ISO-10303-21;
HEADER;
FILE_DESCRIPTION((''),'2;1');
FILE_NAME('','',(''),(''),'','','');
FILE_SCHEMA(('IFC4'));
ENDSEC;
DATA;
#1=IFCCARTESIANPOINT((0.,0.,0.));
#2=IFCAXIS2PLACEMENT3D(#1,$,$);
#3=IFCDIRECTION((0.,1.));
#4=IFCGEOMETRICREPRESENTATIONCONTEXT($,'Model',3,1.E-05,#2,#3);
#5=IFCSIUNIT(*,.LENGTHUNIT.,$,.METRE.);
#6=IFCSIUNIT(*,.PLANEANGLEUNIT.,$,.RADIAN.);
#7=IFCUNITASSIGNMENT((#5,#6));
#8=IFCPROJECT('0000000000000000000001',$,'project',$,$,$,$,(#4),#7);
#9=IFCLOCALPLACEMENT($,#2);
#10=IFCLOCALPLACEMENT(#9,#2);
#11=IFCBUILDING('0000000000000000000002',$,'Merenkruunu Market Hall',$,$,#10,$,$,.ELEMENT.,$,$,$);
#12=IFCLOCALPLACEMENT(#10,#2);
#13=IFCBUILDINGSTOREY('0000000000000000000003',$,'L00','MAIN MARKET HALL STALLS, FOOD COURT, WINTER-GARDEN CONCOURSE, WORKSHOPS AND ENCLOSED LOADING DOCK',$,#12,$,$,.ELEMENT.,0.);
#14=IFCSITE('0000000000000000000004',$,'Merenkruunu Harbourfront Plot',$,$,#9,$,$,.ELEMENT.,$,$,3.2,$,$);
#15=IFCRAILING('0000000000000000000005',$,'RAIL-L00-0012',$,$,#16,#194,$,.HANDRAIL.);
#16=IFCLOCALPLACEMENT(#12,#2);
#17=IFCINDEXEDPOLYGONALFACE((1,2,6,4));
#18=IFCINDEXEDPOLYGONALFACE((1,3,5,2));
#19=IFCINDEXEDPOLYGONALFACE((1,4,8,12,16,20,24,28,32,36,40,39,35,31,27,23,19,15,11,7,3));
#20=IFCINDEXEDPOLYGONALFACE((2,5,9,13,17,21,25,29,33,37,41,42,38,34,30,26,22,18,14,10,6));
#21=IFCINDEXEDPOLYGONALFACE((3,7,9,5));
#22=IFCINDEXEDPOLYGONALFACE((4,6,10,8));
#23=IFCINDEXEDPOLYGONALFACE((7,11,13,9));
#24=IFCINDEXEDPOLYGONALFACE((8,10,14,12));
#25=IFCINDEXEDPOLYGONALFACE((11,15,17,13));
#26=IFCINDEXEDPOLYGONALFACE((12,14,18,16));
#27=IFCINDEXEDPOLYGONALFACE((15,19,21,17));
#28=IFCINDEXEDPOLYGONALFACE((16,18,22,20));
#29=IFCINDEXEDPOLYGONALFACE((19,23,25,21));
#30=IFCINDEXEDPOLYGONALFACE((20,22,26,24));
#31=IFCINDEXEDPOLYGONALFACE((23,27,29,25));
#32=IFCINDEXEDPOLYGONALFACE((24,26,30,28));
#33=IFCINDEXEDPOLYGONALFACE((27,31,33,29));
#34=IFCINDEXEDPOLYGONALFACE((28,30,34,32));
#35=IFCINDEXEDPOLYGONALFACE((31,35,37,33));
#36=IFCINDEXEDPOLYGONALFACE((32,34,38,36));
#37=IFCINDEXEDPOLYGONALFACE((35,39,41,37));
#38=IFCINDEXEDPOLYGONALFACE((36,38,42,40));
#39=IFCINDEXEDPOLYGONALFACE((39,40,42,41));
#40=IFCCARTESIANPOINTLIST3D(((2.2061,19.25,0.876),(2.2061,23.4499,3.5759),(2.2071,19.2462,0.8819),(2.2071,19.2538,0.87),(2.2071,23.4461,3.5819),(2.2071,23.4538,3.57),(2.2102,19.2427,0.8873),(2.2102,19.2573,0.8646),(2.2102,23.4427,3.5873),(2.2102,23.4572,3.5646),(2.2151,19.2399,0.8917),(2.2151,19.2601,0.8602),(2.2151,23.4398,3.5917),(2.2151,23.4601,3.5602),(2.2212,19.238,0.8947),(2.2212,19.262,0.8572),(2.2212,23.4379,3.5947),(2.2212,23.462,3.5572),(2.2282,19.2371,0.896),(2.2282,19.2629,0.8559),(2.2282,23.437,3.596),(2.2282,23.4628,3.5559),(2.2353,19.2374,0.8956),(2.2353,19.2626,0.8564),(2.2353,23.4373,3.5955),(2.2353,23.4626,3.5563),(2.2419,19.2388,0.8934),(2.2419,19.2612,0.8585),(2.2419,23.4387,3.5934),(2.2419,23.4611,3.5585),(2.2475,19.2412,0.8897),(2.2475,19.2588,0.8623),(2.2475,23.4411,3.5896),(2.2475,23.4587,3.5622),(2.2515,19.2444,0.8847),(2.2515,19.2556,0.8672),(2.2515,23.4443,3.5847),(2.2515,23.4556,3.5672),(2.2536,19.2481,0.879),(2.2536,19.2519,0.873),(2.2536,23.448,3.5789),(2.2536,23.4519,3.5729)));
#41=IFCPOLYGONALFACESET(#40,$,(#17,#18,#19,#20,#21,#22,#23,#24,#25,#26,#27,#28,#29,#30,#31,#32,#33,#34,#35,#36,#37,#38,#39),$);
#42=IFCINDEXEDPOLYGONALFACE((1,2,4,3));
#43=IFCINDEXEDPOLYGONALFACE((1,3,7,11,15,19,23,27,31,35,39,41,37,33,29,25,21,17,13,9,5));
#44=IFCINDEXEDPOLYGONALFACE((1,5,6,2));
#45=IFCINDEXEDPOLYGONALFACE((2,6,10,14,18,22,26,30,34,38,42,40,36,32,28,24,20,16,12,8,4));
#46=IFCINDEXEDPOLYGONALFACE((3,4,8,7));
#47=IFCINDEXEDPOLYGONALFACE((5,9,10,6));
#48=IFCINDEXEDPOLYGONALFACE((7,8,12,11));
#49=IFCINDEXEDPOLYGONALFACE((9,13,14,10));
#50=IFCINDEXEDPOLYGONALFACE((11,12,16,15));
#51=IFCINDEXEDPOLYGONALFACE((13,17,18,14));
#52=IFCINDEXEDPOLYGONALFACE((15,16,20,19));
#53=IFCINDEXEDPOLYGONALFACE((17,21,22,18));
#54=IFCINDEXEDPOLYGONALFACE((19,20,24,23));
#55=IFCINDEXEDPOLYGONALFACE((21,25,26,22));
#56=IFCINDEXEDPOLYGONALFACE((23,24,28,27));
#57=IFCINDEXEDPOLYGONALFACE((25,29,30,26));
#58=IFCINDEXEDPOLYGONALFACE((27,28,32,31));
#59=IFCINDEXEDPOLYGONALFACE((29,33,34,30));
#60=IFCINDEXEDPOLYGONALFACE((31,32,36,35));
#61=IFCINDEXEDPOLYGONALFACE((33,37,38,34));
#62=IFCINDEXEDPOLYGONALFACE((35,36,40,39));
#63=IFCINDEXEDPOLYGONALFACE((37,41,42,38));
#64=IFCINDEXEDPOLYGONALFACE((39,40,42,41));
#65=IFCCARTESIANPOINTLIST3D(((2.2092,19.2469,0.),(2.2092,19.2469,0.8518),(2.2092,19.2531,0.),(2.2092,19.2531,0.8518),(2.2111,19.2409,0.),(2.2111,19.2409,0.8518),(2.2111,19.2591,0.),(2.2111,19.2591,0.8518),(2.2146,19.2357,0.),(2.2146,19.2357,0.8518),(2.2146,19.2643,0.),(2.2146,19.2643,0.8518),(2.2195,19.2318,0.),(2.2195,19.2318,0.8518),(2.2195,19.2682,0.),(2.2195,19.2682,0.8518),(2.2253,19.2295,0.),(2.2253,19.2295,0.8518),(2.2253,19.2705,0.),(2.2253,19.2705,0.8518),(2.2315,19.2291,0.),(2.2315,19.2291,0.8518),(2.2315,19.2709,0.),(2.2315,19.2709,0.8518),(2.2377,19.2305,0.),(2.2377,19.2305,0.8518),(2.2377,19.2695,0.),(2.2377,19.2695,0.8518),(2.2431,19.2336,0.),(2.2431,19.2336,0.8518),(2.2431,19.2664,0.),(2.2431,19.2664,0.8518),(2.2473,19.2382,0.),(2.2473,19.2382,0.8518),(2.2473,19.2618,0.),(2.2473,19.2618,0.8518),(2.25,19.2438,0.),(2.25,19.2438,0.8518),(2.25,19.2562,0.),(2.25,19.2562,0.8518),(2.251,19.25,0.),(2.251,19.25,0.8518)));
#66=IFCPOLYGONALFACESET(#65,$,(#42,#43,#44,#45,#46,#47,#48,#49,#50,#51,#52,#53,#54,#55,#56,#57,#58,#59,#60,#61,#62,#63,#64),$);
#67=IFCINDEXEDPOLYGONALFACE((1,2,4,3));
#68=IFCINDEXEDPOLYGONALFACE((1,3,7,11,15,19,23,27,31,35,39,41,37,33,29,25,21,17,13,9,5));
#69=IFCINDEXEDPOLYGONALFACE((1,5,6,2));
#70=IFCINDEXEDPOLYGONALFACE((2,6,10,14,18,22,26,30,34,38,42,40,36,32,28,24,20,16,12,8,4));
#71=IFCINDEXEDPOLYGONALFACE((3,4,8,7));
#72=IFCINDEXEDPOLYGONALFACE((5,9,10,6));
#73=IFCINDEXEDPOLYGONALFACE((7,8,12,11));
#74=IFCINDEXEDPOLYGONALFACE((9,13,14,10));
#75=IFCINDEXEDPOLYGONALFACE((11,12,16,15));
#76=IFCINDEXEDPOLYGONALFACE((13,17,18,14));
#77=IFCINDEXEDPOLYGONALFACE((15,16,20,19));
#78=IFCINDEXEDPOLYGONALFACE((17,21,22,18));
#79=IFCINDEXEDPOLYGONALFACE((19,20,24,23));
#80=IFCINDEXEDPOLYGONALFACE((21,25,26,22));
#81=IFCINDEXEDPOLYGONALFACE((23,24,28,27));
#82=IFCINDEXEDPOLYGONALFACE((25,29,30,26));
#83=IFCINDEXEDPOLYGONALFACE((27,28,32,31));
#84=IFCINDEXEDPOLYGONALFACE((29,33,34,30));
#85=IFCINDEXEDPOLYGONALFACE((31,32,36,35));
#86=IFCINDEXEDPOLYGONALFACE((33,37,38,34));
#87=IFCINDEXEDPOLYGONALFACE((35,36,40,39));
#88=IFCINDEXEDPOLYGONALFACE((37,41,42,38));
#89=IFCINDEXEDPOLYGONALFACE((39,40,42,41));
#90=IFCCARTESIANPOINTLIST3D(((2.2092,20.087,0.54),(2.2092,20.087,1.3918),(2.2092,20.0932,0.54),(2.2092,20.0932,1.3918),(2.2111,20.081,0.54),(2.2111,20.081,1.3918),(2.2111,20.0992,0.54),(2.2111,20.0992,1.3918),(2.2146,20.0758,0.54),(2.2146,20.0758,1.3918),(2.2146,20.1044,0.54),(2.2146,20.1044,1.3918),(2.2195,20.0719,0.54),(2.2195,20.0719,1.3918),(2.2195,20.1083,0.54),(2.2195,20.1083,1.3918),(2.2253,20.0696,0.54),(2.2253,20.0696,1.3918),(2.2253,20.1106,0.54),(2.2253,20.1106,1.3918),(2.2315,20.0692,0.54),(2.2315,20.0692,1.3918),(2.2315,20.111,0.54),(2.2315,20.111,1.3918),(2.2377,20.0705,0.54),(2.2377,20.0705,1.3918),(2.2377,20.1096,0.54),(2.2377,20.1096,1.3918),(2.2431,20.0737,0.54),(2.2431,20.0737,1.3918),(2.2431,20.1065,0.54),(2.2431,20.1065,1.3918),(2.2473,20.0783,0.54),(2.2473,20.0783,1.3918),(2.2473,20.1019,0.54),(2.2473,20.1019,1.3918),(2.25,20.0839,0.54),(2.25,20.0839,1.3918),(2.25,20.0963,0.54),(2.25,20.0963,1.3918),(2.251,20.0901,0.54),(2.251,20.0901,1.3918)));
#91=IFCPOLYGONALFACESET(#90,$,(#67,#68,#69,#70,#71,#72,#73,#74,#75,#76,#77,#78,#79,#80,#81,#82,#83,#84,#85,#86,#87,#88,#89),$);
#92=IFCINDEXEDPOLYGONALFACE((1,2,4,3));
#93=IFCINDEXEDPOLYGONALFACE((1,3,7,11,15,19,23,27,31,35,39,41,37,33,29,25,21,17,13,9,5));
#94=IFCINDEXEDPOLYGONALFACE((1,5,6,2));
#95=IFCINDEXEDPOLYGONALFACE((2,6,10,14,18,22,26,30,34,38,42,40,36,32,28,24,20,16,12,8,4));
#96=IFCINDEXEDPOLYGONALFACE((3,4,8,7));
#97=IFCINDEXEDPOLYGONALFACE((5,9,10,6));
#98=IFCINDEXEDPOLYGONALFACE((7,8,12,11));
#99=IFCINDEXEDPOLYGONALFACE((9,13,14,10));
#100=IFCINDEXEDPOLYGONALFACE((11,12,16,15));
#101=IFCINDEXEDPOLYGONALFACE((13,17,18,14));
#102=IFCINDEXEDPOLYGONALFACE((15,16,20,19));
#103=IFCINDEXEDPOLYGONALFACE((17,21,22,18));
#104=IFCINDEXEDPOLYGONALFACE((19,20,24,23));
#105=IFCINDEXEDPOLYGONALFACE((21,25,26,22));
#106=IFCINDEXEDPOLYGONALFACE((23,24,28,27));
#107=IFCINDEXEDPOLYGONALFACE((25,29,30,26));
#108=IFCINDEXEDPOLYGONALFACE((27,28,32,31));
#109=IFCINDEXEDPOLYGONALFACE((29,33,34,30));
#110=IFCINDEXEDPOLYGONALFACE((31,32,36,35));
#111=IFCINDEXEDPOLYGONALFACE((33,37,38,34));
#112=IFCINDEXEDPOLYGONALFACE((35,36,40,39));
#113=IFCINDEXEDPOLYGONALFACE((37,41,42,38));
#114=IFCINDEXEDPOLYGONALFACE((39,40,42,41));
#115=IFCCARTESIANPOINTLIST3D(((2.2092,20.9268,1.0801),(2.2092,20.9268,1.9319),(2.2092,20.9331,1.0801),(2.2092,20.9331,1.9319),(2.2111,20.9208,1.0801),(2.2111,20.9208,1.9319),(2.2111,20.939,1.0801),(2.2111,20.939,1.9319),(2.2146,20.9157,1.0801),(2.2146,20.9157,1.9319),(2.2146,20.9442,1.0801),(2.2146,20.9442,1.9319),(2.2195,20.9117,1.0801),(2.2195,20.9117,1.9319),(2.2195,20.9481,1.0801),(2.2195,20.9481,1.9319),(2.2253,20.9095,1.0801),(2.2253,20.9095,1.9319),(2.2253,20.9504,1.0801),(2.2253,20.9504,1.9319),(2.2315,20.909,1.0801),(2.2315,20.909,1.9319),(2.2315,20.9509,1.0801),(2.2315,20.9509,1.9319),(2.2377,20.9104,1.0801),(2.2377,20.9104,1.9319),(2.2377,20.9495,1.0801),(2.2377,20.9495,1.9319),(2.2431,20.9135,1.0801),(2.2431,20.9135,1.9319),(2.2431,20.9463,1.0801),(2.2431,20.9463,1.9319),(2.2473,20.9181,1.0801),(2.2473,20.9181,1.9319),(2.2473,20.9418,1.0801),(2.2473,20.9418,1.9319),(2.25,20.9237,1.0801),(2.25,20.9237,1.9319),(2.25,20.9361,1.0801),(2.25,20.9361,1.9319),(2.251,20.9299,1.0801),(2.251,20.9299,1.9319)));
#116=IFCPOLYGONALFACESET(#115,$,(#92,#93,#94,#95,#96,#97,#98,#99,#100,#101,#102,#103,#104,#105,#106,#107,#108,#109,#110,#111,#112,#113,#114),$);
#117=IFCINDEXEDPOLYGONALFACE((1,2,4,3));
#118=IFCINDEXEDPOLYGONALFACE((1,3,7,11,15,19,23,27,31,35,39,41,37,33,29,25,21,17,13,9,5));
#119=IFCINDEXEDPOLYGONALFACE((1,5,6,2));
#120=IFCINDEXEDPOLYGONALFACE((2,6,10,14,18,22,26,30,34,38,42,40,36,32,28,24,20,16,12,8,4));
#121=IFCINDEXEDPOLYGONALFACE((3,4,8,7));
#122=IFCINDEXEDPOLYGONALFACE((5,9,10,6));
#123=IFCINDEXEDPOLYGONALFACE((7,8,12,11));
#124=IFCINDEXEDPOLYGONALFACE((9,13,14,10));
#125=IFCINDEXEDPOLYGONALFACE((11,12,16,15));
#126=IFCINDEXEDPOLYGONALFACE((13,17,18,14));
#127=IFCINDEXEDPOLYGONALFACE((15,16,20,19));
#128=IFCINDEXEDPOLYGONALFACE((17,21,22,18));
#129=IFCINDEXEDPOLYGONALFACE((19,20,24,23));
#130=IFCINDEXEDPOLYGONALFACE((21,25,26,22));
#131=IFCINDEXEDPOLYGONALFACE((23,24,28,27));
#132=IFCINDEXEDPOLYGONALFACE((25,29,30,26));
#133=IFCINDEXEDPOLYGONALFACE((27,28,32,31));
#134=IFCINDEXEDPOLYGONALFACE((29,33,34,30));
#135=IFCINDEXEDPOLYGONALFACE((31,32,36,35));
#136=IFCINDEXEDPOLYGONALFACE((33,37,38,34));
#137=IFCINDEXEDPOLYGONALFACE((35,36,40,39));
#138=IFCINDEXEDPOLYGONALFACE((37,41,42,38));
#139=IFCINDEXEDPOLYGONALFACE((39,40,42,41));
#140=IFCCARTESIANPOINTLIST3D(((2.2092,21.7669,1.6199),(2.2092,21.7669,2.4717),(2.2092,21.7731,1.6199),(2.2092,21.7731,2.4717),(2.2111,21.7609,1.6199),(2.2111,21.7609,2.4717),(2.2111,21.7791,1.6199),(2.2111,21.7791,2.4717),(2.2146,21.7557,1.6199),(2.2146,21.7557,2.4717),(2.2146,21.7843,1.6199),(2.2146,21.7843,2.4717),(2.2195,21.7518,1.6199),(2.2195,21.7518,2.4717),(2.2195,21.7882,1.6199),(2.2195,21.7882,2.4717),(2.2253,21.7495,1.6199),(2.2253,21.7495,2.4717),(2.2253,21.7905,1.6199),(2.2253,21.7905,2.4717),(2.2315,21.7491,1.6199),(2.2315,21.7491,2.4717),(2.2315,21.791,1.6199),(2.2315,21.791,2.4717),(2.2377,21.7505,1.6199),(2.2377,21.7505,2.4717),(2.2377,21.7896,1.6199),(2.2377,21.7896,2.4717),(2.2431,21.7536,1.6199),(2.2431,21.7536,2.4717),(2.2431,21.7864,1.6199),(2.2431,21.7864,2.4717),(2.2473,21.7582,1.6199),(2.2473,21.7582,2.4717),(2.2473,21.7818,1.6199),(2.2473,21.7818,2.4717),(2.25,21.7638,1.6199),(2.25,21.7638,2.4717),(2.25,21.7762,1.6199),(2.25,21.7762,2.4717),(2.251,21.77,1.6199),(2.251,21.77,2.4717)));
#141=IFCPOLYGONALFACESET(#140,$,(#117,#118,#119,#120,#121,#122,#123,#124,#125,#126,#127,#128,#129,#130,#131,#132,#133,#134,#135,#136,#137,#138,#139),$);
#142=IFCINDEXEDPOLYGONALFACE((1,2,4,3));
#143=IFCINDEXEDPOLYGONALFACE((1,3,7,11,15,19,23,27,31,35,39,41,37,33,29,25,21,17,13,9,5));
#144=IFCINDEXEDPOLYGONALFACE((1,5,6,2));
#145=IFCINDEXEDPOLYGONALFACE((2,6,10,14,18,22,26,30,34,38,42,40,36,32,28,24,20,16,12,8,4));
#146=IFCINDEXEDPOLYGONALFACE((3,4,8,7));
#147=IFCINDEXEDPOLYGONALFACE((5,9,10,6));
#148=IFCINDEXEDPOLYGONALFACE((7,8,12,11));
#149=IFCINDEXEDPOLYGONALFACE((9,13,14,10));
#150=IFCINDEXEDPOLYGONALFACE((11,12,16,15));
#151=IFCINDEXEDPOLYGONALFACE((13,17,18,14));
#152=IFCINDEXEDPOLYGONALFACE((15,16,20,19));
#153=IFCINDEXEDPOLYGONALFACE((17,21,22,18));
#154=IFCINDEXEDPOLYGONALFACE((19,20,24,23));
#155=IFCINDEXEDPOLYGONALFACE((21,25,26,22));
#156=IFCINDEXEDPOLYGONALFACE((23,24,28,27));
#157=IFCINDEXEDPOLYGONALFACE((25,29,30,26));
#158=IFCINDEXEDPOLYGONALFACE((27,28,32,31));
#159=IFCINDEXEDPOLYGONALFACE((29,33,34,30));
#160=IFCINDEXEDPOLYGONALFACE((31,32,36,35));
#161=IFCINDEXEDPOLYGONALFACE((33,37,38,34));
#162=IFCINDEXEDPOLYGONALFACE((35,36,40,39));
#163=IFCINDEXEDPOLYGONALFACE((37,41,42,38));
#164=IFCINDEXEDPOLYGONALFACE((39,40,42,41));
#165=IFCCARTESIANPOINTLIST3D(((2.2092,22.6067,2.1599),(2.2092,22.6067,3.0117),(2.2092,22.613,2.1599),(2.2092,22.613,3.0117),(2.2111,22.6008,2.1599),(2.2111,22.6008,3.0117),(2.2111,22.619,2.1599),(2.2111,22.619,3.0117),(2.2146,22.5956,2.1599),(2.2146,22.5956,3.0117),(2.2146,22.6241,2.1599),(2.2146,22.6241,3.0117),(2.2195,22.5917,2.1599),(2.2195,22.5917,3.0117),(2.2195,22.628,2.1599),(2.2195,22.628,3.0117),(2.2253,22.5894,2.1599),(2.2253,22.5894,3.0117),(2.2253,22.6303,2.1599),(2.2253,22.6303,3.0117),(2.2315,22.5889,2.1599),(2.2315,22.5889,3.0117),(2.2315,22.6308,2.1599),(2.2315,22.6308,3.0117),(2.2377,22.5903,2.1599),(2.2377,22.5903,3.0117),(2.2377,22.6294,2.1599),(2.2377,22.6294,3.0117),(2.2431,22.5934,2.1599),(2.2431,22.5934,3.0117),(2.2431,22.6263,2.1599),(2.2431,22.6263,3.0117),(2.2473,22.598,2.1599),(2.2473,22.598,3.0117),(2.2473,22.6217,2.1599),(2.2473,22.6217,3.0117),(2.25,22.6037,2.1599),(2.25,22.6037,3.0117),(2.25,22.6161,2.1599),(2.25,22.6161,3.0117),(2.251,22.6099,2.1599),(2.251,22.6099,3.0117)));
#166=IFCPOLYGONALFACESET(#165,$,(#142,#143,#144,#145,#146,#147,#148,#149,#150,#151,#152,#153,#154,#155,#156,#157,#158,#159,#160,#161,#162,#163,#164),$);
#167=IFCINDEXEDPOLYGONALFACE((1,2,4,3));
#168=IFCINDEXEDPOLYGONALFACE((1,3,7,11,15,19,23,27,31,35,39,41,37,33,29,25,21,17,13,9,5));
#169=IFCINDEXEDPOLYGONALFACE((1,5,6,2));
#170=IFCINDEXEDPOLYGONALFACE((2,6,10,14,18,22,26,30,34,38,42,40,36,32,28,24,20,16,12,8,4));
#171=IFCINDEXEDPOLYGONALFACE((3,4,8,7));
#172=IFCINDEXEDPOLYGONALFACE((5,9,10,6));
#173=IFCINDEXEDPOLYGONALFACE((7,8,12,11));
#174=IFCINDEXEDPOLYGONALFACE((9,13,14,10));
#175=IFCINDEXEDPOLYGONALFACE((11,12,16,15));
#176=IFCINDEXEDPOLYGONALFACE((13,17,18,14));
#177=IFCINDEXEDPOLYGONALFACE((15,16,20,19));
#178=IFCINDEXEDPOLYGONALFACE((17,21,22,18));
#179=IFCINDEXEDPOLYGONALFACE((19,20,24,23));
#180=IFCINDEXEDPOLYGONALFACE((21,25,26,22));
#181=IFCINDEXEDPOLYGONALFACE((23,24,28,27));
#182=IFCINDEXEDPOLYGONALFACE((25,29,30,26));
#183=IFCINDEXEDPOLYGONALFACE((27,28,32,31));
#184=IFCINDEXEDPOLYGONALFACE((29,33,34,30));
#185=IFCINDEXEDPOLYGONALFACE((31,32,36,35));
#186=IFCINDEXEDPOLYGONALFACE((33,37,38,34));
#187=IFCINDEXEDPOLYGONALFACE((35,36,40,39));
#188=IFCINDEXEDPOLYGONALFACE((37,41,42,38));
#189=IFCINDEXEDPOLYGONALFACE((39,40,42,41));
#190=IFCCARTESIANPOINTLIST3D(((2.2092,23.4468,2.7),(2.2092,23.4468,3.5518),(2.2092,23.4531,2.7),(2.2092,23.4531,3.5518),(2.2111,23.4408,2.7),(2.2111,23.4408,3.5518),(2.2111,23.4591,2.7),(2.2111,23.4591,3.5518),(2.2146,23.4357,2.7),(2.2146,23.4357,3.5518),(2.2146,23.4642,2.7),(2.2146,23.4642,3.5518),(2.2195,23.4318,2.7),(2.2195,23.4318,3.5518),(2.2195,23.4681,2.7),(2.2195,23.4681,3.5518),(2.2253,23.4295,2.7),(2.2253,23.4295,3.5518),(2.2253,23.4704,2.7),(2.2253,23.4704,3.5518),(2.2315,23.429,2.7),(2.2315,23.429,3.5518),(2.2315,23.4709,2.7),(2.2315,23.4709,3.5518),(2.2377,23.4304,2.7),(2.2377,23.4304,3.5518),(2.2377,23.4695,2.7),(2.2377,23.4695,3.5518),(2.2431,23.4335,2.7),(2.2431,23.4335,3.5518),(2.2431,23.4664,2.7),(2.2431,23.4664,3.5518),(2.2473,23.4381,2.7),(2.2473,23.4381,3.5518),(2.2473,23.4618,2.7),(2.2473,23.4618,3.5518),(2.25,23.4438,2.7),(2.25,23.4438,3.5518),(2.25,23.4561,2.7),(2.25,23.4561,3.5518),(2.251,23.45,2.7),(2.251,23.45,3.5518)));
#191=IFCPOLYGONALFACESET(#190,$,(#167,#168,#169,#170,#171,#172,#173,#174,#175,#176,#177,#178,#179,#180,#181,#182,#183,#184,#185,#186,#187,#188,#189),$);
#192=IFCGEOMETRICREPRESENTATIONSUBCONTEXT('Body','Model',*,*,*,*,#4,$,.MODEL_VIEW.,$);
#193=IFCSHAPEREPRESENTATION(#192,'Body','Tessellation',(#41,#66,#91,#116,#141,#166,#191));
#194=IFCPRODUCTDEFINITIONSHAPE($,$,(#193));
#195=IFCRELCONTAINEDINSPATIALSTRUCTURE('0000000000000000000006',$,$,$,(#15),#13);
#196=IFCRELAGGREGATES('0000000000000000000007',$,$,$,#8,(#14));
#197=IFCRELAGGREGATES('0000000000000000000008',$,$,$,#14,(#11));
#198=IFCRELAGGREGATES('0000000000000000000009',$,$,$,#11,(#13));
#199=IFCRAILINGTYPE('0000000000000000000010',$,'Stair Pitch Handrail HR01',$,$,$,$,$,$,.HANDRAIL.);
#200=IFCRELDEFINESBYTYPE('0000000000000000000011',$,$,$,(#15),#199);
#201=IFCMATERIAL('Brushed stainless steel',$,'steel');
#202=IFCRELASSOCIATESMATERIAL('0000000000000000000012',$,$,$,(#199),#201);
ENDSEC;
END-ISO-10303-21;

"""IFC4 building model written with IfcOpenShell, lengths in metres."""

from ifc_helpers import new_model, si_unit, direction, frame, origin, origin_2d, place, context, subcontext, project, spatial, circle, extrude, material, type_object, element, save


model = new_model("IFC4")

# Units and contexts
model_context = context("Model", 3, precision=1e-05, world=origin(), true_north=direction((0.0, 1.0)))
body_context = subcontext(model_context, "Body", "Model", "MODEL_VIEW")
ifc_project = project(units=[si_unit("LENGTHUNIT", "METRE"), si_unit("PLANEANGLEUNIT", "RADIAN")], contexts=[model_context])

# Site, building, storey
site_placement = place(None, origin())
site = spatial("IfcSite", under=ifc_project, at=site_placement, Name="Merenkruunu Harbourfront Plot", CompositionType="ELEMENT", RefElevation=3.2)
building_placement = place(site_placement, origin())
building = spatial("IfcBuilding", under=site, at=building_placement, Name="Merenkruunu Market Hall", CompositionType="ELEMENT")
storey_placement = place(building_placement, origin())
storey = spatial("IfcBuildingStorey", under=building, at=storey_placement, Name="L00", Description="MAIN MARKET HALL STALLS, FOOD COURT, WINTER-GARDEN CONCOURSE, WORKSHOPS AND ENCLOSED LOADING DOCK", CompositionType="ELEMENT", Elevation=0.0)

# Railing
ifc_material_1 = material(Name="Brushed stainless steel", Category="steel")
railing_type_1 = type_object("IfcRailingType", Name="Stair Pitch Handrail HR01", PredefinedType="HANDRAIL", material=ifc_material_1)
railing_1_placement = place(storey_placement, frame((2.23, 19.25, 0.0)))
element("IfcRailing", 1, at=railing_1_placement, inside=storey, type_object=railing_type_1, Name="RAIL-L00-0012", PredefinedType="HANDRAIL", context=body_context, shape_type="SweptSolid", body=[
    extrude(circle(Radius=0.0239, at=origin_2d()), frame((0.0, 0.0, 0.876), z_axis=(0.0, 0.84118, 0.540755), x_axis=(-1.0, 0.0, 0.0)), (0.0, 0.0, 1.0), 4.9929),
    extrude(circle(Radius=0.021, at=origin_2d()), origin(), (0.0, 0.0, 1.0), 0.8518),
    extrude(circle(Radius=0.021, at=origin_2d()), frame((0.0, 0.8401, 0.54)), (0.0, 0.0, 1.0), 0.8518),
    extrude(circle(Radius=0.021, at=origin_2d()), frame((0.0, 1.6799, 1.0801)), (0.0, 0.0, 1.0), 0.8518),
    extrude(circle(Radius=0.021, at=origin_2d()), frame((0.0, 2.52, 1.6199)), (0.0, 0.0, 1.0), 0.8518),
    extrude(circle(Radius=0.021, at=origin_2d()), frame((0.0, 3.3599, 2.1599)), (0.0, 0.0, 1.0), 0.8518),
    extrude(circle(Radius=0.021, at=origin_2d()), frame((0.0, 4.2, 2.7)), (0.0, 0.0, 1.0), 0.8518),
])

save(model, "model.ifc")
